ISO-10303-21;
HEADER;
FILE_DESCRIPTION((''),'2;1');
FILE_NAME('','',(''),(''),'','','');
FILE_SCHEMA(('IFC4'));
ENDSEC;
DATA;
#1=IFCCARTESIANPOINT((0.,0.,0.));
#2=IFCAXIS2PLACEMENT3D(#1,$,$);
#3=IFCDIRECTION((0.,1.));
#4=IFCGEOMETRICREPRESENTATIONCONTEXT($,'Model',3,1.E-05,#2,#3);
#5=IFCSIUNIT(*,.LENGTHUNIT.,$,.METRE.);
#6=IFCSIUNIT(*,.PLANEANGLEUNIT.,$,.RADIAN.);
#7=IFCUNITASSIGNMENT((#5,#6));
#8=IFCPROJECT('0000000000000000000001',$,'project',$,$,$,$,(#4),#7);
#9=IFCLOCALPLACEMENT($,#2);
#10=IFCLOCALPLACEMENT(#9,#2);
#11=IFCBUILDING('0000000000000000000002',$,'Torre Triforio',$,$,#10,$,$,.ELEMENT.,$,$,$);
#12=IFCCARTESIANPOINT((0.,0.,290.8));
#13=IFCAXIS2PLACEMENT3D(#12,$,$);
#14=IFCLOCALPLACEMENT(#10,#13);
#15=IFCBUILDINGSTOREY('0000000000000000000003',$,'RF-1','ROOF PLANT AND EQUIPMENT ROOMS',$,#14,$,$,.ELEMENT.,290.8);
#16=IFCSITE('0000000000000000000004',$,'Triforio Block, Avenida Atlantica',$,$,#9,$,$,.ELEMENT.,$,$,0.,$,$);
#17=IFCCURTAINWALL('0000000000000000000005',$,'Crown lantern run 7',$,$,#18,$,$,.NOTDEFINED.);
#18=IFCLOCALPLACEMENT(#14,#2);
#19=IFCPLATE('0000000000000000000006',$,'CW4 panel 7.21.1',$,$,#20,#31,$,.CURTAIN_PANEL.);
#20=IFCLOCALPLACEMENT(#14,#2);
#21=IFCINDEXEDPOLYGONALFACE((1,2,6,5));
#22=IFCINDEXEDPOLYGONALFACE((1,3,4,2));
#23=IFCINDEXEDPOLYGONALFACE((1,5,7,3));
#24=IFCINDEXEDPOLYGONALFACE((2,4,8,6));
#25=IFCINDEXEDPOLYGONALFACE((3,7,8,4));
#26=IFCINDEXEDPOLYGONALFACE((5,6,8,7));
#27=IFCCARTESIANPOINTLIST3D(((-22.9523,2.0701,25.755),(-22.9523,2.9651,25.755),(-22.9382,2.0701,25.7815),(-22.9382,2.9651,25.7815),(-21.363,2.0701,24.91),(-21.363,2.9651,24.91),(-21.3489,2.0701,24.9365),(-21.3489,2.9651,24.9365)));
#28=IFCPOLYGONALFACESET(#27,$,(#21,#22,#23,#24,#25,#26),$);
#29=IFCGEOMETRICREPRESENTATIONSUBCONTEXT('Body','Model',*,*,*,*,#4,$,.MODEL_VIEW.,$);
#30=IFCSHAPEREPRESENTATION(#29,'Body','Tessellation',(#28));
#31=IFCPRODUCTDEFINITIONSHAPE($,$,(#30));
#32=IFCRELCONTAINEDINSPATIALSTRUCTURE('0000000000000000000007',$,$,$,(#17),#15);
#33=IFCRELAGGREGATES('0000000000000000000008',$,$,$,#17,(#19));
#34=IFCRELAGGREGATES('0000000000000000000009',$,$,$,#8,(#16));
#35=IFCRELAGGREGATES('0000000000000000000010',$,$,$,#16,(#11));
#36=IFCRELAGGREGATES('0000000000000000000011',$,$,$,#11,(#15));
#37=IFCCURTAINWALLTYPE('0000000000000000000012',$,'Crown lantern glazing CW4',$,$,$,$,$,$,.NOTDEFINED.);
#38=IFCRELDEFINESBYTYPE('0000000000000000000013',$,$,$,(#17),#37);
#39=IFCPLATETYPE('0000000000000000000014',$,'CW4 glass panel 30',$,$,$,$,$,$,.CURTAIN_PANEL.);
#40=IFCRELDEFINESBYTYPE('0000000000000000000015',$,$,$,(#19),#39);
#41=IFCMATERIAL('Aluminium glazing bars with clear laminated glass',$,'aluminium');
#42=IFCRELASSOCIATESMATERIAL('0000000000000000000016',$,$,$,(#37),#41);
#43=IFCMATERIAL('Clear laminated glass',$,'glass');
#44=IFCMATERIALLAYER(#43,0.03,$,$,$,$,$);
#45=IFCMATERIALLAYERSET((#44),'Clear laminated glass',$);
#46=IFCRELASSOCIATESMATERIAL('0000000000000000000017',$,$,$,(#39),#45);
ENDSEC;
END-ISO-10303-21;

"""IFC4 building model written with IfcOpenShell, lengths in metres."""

from ifc_helpers import new_model, si_unit, direction, frame, origin, place, context, subcontext, project, spatial, polyline, outline, extrude, material, layer, layer_set, type_object, element, aggregate, save


model = new_model("IFC4")

# Units and contexts
model_context = context("Model", 3, precision=1e-05, world=origin(), true_north=direction((0.0, 1.0)))
body_context = subcontext(model_context, "Body", "Model", "MODEL_VIEW")
ifc_project = project(units=[si_unit("LENGTHUNIT", "METRE"), si_unit("PLANEANGLEUNIT", "RADIAN")], contexts=[model_context])

# Site, building, storey
site_placement = place(None, origin())
site = spatial("IfcSite", under=ifc_project, at=site_placement, Name="Triforio Block, Avenida Atlantica", CompositionType="ELEMENT", RefElevation=0.0)
building_placement = place(site_placement, origin())
building = spatial("IfcBuilding", under=site, at=building_placement, Name="Torre Triforio", CompositionType="ELEMENT")
storey_placement = place(building_placement, frame((0.0, 0.0, 290.8)))
storey = spatial("IfcBuildingStorey", under=building, at=storey_placement, Name="RF-1", Description="ROOF PLANT AND EQUIPMENT ROOMS", CompositionType="ELEMENT", Elevation=290.8)

# Shared definitions
ifc_material_1 = material(Name="Aluminium glazing bars with clear laminated glass", Category="aluminium")
curtain_wall_type = type_object("IfcCurtainWallType", Name="Crown lantern glazing CW4", PredefinedType="NOTDEFINED", material=ifc_material_1)

# Curtain wall
curtain_wall_1_placement = place(storey_placement, origin())
curtain_wall_1 = element("IfcCurtainWall", 1, at=curtain_wall_1_placement, inside=storey, type_object=curtain_wall_type, Name="Crown lantern run 7", PredefinedType="NOTDEFINED")

# Plate
ifc_material_2 = material(Name="Clear laminated glass", Category="glass")
ifc_layer = layer(ifc_material_2, 0.03)
ifc_layer_set = layer_set([ifc_layer], Name="Clear laminated glass")
plate_type = type_object("IfcPlateType", Name="CW4 glass panel 30", PredefinedType="CURTAIN_PANEL", material=ifc_layer_set)
plate_1_placement = place(storey_placement, frame((-21.3489, 2.0701, 24.9365), z_axis=(0.469426, 0.0, 0.882972), x_axis=(0.0, 1.0, 0.0)))
plate_1 = element("IfcPlate", 2, at=plate_1_placement, type_object=plate_type, Name="CW4 panel 7.21.1", PredefinedType="CURTAIN_PANEL", context=body_context, shape_type="SweptSolid", body=[
    extrude(outline(polyline([(0.0, 0.0), (0.895, 0.0), (0.895, 1.8), (0.0, 1.8), (0.0, 0.0)])), origin(), (0.0, 0.0, -1.0), 0.03),
])
aggregate(curtain_wall_1, [plate_1])

save(model, "model.ifc")
